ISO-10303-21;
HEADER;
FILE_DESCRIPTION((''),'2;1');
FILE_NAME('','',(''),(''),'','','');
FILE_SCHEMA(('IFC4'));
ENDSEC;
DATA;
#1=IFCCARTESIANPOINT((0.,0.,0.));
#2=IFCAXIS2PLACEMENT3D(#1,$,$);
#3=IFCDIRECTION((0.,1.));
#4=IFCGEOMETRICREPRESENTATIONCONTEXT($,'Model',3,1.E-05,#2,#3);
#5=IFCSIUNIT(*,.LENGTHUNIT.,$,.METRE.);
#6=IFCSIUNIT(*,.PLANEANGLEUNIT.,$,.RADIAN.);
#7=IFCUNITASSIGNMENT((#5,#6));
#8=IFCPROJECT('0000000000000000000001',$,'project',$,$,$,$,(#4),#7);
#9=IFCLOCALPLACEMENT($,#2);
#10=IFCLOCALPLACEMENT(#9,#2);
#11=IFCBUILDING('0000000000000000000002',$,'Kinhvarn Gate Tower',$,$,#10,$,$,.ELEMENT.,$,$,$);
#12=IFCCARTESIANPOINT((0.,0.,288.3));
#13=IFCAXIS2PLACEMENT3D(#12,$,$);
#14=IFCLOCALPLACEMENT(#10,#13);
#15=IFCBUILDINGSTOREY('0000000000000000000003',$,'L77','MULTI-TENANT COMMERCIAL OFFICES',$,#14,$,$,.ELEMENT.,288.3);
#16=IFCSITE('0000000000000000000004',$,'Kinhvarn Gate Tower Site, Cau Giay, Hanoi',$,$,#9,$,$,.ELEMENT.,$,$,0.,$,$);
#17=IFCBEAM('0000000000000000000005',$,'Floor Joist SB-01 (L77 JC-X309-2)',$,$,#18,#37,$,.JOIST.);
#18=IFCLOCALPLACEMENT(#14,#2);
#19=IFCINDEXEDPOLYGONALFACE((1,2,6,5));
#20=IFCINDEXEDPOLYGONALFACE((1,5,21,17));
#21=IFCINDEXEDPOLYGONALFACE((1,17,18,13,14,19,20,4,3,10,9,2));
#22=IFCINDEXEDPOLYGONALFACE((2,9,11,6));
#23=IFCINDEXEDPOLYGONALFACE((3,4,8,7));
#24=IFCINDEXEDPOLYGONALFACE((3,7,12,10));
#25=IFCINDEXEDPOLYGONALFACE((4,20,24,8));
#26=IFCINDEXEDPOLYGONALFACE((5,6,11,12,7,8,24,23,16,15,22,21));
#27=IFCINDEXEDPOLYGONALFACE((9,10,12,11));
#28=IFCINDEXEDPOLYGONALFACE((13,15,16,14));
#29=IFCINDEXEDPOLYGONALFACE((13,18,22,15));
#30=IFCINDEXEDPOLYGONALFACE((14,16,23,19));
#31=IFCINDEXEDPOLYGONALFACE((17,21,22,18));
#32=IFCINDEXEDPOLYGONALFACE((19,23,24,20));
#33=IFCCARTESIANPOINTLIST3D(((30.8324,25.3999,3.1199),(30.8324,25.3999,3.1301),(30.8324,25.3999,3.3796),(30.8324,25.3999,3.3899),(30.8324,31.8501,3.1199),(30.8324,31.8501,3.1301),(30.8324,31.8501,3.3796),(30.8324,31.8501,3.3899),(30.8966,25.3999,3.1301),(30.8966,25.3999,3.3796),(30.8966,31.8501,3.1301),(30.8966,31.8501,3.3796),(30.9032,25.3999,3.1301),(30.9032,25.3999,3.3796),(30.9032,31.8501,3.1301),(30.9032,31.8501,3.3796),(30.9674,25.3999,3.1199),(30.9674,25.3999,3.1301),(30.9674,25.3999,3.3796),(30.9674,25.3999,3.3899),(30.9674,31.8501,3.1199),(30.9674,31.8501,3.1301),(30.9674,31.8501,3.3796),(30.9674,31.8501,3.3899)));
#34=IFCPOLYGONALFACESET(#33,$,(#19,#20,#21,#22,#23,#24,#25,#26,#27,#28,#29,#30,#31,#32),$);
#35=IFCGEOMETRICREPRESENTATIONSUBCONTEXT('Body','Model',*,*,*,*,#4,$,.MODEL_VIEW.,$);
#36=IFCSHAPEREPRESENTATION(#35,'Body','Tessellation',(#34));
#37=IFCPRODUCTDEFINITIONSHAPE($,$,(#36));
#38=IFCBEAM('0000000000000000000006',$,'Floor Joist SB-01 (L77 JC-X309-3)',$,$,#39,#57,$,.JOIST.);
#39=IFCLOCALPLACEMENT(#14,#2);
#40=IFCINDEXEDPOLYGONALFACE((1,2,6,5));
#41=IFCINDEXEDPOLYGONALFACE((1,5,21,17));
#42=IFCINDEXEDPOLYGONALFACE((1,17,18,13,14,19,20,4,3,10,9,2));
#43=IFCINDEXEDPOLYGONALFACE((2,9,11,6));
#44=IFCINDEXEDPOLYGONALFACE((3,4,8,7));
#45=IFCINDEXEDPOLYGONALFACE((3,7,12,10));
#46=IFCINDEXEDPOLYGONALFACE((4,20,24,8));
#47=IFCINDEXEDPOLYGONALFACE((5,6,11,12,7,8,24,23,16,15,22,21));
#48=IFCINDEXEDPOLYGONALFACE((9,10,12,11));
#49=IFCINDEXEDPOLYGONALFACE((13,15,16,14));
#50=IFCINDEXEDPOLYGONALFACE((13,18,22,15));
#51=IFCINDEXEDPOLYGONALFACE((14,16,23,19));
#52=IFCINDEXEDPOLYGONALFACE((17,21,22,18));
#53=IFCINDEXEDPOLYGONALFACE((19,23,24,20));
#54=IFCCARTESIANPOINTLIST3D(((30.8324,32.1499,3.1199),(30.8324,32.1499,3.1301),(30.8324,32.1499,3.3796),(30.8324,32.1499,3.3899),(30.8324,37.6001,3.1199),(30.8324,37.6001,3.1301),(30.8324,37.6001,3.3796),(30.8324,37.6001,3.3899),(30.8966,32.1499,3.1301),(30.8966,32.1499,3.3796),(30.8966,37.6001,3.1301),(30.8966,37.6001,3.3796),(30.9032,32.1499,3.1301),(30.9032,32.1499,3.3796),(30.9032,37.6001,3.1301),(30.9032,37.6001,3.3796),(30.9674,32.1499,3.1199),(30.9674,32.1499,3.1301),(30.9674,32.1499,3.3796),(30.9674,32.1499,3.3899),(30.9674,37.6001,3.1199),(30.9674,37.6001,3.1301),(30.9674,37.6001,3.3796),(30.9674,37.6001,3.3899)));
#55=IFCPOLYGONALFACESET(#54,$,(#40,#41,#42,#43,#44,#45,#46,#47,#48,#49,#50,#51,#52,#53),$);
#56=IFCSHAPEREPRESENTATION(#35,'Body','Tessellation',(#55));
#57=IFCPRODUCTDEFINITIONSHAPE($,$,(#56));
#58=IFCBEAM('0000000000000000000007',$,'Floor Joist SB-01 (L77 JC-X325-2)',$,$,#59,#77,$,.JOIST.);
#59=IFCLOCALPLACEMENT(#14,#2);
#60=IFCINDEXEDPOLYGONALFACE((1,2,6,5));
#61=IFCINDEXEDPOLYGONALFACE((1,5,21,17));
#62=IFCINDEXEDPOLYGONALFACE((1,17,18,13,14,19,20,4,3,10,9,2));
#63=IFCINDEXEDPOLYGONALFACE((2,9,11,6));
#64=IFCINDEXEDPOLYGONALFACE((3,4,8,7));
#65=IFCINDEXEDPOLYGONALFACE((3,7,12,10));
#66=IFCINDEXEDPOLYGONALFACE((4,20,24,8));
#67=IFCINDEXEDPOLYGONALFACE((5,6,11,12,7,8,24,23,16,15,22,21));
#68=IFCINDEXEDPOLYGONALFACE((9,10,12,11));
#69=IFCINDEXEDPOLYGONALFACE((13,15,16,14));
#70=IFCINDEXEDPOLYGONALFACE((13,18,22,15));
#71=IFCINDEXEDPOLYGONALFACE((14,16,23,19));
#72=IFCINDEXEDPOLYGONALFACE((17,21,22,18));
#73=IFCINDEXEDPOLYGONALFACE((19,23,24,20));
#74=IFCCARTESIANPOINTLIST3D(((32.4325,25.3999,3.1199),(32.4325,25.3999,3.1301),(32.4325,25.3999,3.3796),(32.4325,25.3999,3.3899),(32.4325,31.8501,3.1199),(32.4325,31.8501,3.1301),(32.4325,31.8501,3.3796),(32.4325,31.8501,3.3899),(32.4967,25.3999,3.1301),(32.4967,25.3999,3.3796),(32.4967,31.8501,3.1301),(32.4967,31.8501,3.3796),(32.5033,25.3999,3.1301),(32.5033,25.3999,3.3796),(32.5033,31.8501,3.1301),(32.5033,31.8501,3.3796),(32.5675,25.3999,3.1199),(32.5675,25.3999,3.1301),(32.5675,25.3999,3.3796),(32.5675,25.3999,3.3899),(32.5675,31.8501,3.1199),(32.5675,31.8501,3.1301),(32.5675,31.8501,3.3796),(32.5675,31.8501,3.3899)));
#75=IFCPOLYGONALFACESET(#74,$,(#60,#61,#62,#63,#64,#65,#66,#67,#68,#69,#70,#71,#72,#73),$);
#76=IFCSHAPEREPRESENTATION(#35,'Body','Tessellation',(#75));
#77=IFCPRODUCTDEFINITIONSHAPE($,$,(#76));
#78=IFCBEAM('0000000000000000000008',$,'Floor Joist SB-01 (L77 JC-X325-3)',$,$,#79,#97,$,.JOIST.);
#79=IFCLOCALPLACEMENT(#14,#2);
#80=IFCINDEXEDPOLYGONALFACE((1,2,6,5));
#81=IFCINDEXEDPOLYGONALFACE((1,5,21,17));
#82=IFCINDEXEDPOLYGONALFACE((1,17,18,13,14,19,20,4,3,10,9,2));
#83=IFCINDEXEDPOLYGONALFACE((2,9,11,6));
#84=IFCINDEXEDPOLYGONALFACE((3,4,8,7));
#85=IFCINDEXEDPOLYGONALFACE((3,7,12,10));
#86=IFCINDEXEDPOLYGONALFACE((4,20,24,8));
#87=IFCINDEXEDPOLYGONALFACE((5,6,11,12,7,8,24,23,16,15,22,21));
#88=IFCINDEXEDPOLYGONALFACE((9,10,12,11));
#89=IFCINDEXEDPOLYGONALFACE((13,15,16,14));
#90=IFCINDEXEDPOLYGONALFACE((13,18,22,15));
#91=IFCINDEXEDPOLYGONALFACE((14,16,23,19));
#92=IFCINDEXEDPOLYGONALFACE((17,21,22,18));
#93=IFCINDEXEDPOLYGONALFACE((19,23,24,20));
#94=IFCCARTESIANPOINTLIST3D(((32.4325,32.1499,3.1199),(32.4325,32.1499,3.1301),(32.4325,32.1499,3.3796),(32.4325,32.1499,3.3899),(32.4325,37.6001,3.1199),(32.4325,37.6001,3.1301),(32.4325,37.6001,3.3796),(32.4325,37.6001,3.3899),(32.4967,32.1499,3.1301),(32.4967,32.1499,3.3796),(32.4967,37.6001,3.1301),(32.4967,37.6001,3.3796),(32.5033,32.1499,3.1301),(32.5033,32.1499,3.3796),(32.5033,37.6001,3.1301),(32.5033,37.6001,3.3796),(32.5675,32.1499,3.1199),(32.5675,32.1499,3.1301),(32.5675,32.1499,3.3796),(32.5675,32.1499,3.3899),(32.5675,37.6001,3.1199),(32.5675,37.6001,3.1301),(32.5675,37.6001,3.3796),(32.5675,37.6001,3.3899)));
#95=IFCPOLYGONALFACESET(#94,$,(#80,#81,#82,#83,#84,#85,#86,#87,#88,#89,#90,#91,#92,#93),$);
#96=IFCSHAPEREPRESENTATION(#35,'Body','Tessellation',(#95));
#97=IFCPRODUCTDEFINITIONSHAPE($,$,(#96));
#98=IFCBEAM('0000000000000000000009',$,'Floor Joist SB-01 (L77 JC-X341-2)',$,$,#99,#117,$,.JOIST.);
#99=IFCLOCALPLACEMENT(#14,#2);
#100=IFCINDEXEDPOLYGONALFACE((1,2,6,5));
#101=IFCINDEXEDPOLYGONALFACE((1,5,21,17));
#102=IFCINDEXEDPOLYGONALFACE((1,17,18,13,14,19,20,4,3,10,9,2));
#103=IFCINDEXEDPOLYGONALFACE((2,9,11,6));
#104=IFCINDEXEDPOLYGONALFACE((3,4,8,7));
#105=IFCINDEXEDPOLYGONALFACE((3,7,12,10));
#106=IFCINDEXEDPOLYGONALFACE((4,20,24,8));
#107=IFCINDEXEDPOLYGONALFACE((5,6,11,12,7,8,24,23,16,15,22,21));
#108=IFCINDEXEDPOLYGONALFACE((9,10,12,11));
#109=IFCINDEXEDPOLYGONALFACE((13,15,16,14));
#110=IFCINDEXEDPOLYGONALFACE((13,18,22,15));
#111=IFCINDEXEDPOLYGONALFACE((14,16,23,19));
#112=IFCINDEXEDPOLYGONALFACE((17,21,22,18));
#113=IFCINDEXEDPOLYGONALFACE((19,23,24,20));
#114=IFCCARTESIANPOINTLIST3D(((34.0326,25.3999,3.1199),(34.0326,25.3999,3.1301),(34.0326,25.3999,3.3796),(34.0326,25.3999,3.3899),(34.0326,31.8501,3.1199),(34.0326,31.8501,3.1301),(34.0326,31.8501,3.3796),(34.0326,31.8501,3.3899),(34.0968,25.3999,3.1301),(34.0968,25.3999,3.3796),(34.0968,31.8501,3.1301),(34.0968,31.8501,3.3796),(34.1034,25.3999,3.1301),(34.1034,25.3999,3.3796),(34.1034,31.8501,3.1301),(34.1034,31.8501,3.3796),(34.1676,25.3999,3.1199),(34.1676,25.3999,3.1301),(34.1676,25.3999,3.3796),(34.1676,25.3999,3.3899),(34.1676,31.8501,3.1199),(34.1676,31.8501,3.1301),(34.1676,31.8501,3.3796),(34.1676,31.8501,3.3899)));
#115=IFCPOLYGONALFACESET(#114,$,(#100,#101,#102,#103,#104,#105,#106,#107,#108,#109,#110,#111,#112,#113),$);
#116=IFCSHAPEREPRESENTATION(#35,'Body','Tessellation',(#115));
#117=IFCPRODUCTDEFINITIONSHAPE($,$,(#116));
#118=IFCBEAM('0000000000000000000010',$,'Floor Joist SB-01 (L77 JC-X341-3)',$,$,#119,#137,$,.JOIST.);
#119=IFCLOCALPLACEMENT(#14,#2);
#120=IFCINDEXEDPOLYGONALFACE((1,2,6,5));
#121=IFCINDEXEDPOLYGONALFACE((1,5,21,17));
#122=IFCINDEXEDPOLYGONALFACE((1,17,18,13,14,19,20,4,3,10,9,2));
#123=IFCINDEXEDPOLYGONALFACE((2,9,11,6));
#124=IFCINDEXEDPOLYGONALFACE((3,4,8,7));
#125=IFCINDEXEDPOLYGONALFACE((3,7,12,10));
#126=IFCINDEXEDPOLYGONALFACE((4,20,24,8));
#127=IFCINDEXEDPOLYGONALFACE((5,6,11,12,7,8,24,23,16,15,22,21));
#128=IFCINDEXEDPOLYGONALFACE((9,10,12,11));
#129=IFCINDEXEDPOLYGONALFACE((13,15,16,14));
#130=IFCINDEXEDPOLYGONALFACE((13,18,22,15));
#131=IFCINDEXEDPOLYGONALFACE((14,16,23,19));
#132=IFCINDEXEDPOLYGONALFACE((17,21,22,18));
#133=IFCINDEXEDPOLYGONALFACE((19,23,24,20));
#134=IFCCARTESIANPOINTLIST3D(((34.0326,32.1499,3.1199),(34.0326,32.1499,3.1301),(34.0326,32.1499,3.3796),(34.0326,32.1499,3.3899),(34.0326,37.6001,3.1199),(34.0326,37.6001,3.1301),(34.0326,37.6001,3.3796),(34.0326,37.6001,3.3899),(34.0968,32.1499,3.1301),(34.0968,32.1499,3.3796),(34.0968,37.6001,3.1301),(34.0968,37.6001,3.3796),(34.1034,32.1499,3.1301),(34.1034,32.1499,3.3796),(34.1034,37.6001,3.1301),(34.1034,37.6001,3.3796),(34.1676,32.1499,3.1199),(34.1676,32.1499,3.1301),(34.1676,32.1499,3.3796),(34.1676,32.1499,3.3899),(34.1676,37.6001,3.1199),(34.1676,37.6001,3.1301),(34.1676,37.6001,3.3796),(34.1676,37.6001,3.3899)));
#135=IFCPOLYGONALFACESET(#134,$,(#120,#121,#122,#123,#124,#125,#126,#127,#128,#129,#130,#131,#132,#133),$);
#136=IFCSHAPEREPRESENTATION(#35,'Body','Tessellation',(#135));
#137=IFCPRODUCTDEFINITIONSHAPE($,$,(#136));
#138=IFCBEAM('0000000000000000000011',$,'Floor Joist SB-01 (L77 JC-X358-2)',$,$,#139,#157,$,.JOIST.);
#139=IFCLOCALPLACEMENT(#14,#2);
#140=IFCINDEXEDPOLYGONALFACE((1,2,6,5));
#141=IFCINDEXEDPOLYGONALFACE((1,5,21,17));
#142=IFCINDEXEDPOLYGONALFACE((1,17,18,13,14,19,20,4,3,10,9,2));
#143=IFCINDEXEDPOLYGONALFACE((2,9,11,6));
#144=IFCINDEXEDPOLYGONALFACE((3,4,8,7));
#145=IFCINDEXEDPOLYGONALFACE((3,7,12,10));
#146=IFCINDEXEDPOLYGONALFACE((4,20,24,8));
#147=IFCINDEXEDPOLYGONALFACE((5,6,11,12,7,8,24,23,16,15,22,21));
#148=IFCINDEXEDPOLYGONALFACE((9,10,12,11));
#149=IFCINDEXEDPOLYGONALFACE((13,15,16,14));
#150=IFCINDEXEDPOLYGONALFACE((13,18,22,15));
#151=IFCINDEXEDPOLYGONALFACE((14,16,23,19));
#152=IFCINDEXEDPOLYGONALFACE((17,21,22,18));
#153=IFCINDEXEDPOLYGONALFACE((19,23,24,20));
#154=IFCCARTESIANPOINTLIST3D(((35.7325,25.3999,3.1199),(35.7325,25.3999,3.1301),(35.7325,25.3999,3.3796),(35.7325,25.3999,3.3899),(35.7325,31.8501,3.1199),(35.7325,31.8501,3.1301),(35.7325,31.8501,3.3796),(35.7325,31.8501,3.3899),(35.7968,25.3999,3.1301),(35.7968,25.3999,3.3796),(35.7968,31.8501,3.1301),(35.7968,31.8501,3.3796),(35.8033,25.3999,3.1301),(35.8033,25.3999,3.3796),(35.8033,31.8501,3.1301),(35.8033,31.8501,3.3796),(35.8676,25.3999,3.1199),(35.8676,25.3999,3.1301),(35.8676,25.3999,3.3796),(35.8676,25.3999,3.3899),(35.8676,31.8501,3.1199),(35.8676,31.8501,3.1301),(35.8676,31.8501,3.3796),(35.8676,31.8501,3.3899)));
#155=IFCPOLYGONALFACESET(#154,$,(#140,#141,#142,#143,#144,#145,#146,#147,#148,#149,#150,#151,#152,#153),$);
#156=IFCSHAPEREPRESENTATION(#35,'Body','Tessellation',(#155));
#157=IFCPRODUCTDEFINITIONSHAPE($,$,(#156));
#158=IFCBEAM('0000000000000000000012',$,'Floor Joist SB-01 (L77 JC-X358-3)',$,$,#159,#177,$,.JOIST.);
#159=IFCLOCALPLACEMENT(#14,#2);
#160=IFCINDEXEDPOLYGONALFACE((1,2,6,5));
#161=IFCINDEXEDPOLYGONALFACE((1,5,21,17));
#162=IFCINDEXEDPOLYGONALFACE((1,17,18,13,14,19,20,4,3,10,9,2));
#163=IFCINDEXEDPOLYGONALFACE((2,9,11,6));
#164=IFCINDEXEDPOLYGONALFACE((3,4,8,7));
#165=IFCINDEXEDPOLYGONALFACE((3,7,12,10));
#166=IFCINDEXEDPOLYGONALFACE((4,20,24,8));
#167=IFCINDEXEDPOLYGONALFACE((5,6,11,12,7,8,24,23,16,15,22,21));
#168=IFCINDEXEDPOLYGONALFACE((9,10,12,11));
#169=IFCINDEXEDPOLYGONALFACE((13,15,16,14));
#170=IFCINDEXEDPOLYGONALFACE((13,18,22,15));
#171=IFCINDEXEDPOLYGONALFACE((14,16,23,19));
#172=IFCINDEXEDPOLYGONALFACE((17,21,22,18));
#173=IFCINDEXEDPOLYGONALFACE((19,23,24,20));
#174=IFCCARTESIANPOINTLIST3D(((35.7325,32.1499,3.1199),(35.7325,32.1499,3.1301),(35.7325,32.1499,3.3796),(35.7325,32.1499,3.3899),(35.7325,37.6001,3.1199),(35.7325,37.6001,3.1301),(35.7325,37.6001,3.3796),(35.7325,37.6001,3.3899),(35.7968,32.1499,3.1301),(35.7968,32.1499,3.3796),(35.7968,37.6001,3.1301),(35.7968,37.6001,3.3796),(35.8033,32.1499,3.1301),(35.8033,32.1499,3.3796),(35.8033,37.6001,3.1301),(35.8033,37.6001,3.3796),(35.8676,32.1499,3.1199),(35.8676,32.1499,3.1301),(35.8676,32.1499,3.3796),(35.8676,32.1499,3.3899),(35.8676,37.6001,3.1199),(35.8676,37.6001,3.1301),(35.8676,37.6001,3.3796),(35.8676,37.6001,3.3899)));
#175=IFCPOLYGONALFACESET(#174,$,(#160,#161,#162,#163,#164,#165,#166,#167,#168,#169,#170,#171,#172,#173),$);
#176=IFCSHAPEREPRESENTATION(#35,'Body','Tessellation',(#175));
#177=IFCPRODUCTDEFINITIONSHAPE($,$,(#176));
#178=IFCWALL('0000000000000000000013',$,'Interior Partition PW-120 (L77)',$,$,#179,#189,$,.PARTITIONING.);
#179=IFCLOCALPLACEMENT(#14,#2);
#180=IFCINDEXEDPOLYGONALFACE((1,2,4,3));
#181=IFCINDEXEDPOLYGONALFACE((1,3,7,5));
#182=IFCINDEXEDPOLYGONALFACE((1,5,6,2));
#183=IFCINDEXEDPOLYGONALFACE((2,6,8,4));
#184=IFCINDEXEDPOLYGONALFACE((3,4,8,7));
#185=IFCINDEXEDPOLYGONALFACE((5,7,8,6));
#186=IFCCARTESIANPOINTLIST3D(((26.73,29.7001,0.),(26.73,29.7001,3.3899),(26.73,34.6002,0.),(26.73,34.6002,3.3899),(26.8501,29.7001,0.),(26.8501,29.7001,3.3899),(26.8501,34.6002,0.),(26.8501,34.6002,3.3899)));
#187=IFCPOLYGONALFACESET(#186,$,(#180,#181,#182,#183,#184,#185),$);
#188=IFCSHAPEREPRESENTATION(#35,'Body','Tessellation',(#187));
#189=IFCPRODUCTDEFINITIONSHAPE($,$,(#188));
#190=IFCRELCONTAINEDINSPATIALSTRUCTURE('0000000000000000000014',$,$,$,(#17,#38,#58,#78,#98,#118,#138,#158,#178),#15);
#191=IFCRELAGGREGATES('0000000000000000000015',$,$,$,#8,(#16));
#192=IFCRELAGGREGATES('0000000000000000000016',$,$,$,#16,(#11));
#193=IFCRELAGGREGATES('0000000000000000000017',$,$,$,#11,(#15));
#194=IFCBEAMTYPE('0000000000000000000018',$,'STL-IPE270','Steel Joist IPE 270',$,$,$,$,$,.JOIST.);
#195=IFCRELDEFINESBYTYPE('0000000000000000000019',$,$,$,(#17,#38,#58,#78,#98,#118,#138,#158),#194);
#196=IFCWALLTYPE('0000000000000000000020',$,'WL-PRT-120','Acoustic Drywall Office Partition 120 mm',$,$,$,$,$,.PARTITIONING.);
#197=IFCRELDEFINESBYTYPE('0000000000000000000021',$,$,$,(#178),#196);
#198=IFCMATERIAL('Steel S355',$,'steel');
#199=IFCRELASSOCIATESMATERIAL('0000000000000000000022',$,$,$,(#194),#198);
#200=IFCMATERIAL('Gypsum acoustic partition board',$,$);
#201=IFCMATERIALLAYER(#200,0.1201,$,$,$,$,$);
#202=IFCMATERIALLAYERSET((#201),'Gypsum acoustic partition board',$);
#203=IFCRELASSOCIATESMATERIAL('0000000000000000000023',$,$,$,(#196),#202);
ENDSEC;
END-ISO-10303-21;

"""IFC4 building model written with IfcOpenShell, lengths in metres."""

from ifc_helpers import new_model, si_unit, direction, frame, frame_2d, origin, origin_2d, place, context, subcontext, project, spatial, rectangle, i_section, extrude, material, layer, layer_set, material_profile, profile_set, type_object, element, save


model = new_model("IFC4")

# Units and contexts
model_context = context("Model", 3, precision=1e-05, world=origin(), true_north=direction((0.0, 1.0)))
body_context = subcontext(model_context, "Body", "Model", "MODEL_VIEW")
ifc_project = project(units=[si_unit("LENGTHUNIT", "METRE"), si_unit("PLANEANGLEUNIT", "RADIAN")], contexts=[model_context])

# Site, building, storey
site_placement = place(None, origin())
site = spatial("IfcSite", under=ifc_project, at=site_placement, Name="Kinhvarn Gate Tower Site, Cau Giay, Hanoi", CompositionType="ELEMENT", RefElevation=0.0)
building_placement = place(site_placement, origin())
building = spatial("IfcBuilding", under=site, at=building_placement, Name="Kinhvarn Gate Tower", CompositionType="ELEMENT")
storey_placement = place(building_placement, frame((0.0, 0.0, 288.3)))
storey = spatial("IfcBuildingStorey", under=building, at=storey_placement, Name="L77", Description="MULTI-TENANT COMMERCIAL OFFICES", CompositionType="ELEMENT", Elevation=288.3)

# Beams
ifc_material_1 = material(Name="Steel S355", Category="steel")
ifc_material_profile_1 = material_profile(ifc_material_1, i_section(OverallWidth=0.135, OverallDepth=0.27, WebThickness=0.0066, FlangeThickness=0.0103, at=origin_2d()), Name="IPE 270")
ifc_profile_set_1 = profile_set([ifc_material_profile_1], Name="Steel S355")
beam_type_1 = type_object("IfcBeamType", Name="STL-IPE270", Description="Steel Joist IPE 270", PredefinedType="JOIST", material=ifc_profile_set_1)
beam_1_placement = place(storey_placement, frame((30.8999, 25.3999, 3.2549), z_axis=(0.0, 1.0, 0.0), x_axis=(-1.0, 0.0, 0.0)))
element("IfcBeam", 1, at=beam_1_placement, inside=storey, type_object=beam_type_1, Name="Floor Joist SB-01 (L77 JC-X309-2)", PredefinedType="JOIST", context=body_context, shape_type="SweptSolid", body=[
    extrude(i_section(OverallWidth=0.135, OverallDepth=0.27, WebThickness=0.0066, FlangeThickness=0.0103, at=origin_2d()), origin(), (0.0, 0.0, 1.0), 6.4502),
])
beam_2_placement = place(storey_placement, frame((30.8999, 32.1499, 3.2549), z_axis=(0.0, 1.0, 0.0), x_axis=(-1.0, 0.0, 0.0)))
element("IfcBeam", 2, at=beam_2_placement, inside=storey, type_object=beam_type_1, Name="Floor Joist SB-01 (L77 JC-X309-3)", PredefinedType="JOIST", context=body_context, shape_type="SweptSolid", body=[
    extrude(i_section(OverallWidth=0.135, OverallDepth=0.27, WebThickness=0.0066, FlangeThickness=0.0103, at=origin_2d()), origin(), (0.0, 0.0, 1.0), 5.4502),
])
beam_3_placement = place(storey_placement, frame((32.5, 25.3999, 3.2549), z_axis=(0.0, 1.0, 0.0), x_axis=(-1.0, 0.0, 0.0)))
element("IfcBeam", 3, at=beam_3_placement, inside=storey, type_object=beam_type_1, Name="Floor Joist SB-01 (L77 JC-X325-2)", PredefinedType="JOIST", context=body_context, shape_type="SweptSolid", body=[
    extrude(i_section(OverallWidth=0.135, OverallDepth=0.27, WebThickness=0.0066, FlangeThickness=0.0103, at=origin_2d()), origin(), (0.0, 0.0, 1.0), 6.4502),
])
beam_4_placement = place(storey_placement, frame((32.5, 32.1499, 3.2549), z_axis=(0.0, 1.0, 0.0), x_axis=(-1.0, 0.0, 0.0)))
element("IfcBeam", 4, at=beam_4_placement, inside=storey, type_object=beam_type_1, Name="Floor Joist SB-01 (L77 JC-X325-3)", PredefinedType="JOIST", context=body_context, shape_type="SweptSolid", body=[
    extrude(i_section(OverallWidth=0.135, OverallDepth=0.27, WebThickness=0.0066, FlangeThickness=0.0103, at=origin_2d()), origin(), (0.0, 0.0, 1.0), 5.4502),
])
beam_5_placement = place(storey_placement, frame((34.1001, 25.3999, 3.2549), z_axis=(0.0, 1.0, 0.0), x_axis=(-1.0, 0.0, 0.0)))
element("IfcBeam", 5, at=beam_5_placement, inside=storey, type_object=beam_type_1, Name="Floor Joist SB-01 (L77 JC-X341-2)", PredefinedType="JOIST", context=body_context, shape_type="SweptSolid", body=[
    extrude(i_section(OverallWidth=0.135, OverallDepth=0.27, WebThickness=0.0066, FlangeThickness=0.0103, at=origin_2d()), origin(), (0.0, 0.0, 1.0), 6.4502),
])
beam_6_placement = place(storey_placement, frame((34.1001, 32.1499, 3.2549), z_axis=(0.0, 1.0, 0.0), x_axis=(-1.0, 0.0, 0.0)))
element("IfcBeam", 6, at=beam_6_placement, inside=storey, type_object=beam_type_1, Name="Floor Joist SB-01 (L77 JC-X341-3)", PredefinedType="JOIST", context=body_context, shape_type="SweptSolid", body=[
    extrude(i_section(OverallWidth=0.135, OverallDepth=0.27, WebThickness=0.0066, FlangeThickness=0.0103, at=origin_2d()), origin(), (0.0, 0.0, 1.0), 5.4502),
])
beam_7_placement = place(storey_placement, frame((35.8, 25.3999, 3.2549), z_axis=(0.0, 1.0, 0.0), x_axis=(-1.0, 0.0, 0.0)))
element("IfcBeam", 7, at=beam_7_placement, inside=storey, type_object=beam_type_1, Name="Floor Joist SB-01 (L77 JC-X358-2)", PredefinedType="JOIST", context=body_context, shape_type="SweptSolid", body=[
    extrude(i_section(OverallWidth=0.135, OverallDepth=0.27, WebThickness=0.0066, FlangeThickness=0.0103, at=origin_2d()), origin(), (0.0, 0.0, 1.0), 6.4502),
])
beam_8_placement = place(storey_placement, frame((35.8, 32.1499, 3.2549), z_axis=(0.0, 1.0, 0.0), x_axis=(-1.0, 0.0, 0.0)))
element("IfcBeam", 8, at=beam_8_placement, inside=storey, type_object=beam_type_1, Name="Floor Joist SB-01 (L77 JC-X358-3)", PredefinedType="JOIST", context=body_context, shape_type="SweptSolid", body=[
    extrude(i_section(OverallWidth=0.135, OverallDepth=0.27, WebThickness=0.0066, FlangeThickness=0.0103, at=origin_2d()), origin(), (0.0, 0.0, 1.0), 5.4502),
])

# Wall
ifc_material_2 = material(Name="Gypsum acoustic partition board")
ifc_layer_1 = layer(ifc_material_2, 0.1201)
ifc_layer_set_1 = layer_set([ifc_layer_1], Name="Gypsum acoustic partition board")
wall_type_1 = type_object("IfcWallType", Name="WL-PRT-120", Description="Acoustic Drywall Office Partition 120 mm", PredefinedType="PARTITIONING", material=ifc_layer_set_1)
wall_1_placement = place(storey_placement, frame((26.79, 29.7, 0.0), z_axis=(0.0, 0.0, 1.0), x_axis=(0.0, 1.0, 0.0)))
element("IfcWall", 9, at=wall_1_placement, inside=storey, type_object=wall_type_1, Name="Interior Partition PW-120 (L77)", PredefinedType="PARTITIONING", context=body_context, shape_type="SweptSolid", body=[
    extrude(rectangle(XDim=4.9001, YDim=0.1201, at=frame_2d((2.4502, 0.0))), origin(), (0.0, 0.0, 1.0), 3.3899),
])

save(model, "model.ifc")
